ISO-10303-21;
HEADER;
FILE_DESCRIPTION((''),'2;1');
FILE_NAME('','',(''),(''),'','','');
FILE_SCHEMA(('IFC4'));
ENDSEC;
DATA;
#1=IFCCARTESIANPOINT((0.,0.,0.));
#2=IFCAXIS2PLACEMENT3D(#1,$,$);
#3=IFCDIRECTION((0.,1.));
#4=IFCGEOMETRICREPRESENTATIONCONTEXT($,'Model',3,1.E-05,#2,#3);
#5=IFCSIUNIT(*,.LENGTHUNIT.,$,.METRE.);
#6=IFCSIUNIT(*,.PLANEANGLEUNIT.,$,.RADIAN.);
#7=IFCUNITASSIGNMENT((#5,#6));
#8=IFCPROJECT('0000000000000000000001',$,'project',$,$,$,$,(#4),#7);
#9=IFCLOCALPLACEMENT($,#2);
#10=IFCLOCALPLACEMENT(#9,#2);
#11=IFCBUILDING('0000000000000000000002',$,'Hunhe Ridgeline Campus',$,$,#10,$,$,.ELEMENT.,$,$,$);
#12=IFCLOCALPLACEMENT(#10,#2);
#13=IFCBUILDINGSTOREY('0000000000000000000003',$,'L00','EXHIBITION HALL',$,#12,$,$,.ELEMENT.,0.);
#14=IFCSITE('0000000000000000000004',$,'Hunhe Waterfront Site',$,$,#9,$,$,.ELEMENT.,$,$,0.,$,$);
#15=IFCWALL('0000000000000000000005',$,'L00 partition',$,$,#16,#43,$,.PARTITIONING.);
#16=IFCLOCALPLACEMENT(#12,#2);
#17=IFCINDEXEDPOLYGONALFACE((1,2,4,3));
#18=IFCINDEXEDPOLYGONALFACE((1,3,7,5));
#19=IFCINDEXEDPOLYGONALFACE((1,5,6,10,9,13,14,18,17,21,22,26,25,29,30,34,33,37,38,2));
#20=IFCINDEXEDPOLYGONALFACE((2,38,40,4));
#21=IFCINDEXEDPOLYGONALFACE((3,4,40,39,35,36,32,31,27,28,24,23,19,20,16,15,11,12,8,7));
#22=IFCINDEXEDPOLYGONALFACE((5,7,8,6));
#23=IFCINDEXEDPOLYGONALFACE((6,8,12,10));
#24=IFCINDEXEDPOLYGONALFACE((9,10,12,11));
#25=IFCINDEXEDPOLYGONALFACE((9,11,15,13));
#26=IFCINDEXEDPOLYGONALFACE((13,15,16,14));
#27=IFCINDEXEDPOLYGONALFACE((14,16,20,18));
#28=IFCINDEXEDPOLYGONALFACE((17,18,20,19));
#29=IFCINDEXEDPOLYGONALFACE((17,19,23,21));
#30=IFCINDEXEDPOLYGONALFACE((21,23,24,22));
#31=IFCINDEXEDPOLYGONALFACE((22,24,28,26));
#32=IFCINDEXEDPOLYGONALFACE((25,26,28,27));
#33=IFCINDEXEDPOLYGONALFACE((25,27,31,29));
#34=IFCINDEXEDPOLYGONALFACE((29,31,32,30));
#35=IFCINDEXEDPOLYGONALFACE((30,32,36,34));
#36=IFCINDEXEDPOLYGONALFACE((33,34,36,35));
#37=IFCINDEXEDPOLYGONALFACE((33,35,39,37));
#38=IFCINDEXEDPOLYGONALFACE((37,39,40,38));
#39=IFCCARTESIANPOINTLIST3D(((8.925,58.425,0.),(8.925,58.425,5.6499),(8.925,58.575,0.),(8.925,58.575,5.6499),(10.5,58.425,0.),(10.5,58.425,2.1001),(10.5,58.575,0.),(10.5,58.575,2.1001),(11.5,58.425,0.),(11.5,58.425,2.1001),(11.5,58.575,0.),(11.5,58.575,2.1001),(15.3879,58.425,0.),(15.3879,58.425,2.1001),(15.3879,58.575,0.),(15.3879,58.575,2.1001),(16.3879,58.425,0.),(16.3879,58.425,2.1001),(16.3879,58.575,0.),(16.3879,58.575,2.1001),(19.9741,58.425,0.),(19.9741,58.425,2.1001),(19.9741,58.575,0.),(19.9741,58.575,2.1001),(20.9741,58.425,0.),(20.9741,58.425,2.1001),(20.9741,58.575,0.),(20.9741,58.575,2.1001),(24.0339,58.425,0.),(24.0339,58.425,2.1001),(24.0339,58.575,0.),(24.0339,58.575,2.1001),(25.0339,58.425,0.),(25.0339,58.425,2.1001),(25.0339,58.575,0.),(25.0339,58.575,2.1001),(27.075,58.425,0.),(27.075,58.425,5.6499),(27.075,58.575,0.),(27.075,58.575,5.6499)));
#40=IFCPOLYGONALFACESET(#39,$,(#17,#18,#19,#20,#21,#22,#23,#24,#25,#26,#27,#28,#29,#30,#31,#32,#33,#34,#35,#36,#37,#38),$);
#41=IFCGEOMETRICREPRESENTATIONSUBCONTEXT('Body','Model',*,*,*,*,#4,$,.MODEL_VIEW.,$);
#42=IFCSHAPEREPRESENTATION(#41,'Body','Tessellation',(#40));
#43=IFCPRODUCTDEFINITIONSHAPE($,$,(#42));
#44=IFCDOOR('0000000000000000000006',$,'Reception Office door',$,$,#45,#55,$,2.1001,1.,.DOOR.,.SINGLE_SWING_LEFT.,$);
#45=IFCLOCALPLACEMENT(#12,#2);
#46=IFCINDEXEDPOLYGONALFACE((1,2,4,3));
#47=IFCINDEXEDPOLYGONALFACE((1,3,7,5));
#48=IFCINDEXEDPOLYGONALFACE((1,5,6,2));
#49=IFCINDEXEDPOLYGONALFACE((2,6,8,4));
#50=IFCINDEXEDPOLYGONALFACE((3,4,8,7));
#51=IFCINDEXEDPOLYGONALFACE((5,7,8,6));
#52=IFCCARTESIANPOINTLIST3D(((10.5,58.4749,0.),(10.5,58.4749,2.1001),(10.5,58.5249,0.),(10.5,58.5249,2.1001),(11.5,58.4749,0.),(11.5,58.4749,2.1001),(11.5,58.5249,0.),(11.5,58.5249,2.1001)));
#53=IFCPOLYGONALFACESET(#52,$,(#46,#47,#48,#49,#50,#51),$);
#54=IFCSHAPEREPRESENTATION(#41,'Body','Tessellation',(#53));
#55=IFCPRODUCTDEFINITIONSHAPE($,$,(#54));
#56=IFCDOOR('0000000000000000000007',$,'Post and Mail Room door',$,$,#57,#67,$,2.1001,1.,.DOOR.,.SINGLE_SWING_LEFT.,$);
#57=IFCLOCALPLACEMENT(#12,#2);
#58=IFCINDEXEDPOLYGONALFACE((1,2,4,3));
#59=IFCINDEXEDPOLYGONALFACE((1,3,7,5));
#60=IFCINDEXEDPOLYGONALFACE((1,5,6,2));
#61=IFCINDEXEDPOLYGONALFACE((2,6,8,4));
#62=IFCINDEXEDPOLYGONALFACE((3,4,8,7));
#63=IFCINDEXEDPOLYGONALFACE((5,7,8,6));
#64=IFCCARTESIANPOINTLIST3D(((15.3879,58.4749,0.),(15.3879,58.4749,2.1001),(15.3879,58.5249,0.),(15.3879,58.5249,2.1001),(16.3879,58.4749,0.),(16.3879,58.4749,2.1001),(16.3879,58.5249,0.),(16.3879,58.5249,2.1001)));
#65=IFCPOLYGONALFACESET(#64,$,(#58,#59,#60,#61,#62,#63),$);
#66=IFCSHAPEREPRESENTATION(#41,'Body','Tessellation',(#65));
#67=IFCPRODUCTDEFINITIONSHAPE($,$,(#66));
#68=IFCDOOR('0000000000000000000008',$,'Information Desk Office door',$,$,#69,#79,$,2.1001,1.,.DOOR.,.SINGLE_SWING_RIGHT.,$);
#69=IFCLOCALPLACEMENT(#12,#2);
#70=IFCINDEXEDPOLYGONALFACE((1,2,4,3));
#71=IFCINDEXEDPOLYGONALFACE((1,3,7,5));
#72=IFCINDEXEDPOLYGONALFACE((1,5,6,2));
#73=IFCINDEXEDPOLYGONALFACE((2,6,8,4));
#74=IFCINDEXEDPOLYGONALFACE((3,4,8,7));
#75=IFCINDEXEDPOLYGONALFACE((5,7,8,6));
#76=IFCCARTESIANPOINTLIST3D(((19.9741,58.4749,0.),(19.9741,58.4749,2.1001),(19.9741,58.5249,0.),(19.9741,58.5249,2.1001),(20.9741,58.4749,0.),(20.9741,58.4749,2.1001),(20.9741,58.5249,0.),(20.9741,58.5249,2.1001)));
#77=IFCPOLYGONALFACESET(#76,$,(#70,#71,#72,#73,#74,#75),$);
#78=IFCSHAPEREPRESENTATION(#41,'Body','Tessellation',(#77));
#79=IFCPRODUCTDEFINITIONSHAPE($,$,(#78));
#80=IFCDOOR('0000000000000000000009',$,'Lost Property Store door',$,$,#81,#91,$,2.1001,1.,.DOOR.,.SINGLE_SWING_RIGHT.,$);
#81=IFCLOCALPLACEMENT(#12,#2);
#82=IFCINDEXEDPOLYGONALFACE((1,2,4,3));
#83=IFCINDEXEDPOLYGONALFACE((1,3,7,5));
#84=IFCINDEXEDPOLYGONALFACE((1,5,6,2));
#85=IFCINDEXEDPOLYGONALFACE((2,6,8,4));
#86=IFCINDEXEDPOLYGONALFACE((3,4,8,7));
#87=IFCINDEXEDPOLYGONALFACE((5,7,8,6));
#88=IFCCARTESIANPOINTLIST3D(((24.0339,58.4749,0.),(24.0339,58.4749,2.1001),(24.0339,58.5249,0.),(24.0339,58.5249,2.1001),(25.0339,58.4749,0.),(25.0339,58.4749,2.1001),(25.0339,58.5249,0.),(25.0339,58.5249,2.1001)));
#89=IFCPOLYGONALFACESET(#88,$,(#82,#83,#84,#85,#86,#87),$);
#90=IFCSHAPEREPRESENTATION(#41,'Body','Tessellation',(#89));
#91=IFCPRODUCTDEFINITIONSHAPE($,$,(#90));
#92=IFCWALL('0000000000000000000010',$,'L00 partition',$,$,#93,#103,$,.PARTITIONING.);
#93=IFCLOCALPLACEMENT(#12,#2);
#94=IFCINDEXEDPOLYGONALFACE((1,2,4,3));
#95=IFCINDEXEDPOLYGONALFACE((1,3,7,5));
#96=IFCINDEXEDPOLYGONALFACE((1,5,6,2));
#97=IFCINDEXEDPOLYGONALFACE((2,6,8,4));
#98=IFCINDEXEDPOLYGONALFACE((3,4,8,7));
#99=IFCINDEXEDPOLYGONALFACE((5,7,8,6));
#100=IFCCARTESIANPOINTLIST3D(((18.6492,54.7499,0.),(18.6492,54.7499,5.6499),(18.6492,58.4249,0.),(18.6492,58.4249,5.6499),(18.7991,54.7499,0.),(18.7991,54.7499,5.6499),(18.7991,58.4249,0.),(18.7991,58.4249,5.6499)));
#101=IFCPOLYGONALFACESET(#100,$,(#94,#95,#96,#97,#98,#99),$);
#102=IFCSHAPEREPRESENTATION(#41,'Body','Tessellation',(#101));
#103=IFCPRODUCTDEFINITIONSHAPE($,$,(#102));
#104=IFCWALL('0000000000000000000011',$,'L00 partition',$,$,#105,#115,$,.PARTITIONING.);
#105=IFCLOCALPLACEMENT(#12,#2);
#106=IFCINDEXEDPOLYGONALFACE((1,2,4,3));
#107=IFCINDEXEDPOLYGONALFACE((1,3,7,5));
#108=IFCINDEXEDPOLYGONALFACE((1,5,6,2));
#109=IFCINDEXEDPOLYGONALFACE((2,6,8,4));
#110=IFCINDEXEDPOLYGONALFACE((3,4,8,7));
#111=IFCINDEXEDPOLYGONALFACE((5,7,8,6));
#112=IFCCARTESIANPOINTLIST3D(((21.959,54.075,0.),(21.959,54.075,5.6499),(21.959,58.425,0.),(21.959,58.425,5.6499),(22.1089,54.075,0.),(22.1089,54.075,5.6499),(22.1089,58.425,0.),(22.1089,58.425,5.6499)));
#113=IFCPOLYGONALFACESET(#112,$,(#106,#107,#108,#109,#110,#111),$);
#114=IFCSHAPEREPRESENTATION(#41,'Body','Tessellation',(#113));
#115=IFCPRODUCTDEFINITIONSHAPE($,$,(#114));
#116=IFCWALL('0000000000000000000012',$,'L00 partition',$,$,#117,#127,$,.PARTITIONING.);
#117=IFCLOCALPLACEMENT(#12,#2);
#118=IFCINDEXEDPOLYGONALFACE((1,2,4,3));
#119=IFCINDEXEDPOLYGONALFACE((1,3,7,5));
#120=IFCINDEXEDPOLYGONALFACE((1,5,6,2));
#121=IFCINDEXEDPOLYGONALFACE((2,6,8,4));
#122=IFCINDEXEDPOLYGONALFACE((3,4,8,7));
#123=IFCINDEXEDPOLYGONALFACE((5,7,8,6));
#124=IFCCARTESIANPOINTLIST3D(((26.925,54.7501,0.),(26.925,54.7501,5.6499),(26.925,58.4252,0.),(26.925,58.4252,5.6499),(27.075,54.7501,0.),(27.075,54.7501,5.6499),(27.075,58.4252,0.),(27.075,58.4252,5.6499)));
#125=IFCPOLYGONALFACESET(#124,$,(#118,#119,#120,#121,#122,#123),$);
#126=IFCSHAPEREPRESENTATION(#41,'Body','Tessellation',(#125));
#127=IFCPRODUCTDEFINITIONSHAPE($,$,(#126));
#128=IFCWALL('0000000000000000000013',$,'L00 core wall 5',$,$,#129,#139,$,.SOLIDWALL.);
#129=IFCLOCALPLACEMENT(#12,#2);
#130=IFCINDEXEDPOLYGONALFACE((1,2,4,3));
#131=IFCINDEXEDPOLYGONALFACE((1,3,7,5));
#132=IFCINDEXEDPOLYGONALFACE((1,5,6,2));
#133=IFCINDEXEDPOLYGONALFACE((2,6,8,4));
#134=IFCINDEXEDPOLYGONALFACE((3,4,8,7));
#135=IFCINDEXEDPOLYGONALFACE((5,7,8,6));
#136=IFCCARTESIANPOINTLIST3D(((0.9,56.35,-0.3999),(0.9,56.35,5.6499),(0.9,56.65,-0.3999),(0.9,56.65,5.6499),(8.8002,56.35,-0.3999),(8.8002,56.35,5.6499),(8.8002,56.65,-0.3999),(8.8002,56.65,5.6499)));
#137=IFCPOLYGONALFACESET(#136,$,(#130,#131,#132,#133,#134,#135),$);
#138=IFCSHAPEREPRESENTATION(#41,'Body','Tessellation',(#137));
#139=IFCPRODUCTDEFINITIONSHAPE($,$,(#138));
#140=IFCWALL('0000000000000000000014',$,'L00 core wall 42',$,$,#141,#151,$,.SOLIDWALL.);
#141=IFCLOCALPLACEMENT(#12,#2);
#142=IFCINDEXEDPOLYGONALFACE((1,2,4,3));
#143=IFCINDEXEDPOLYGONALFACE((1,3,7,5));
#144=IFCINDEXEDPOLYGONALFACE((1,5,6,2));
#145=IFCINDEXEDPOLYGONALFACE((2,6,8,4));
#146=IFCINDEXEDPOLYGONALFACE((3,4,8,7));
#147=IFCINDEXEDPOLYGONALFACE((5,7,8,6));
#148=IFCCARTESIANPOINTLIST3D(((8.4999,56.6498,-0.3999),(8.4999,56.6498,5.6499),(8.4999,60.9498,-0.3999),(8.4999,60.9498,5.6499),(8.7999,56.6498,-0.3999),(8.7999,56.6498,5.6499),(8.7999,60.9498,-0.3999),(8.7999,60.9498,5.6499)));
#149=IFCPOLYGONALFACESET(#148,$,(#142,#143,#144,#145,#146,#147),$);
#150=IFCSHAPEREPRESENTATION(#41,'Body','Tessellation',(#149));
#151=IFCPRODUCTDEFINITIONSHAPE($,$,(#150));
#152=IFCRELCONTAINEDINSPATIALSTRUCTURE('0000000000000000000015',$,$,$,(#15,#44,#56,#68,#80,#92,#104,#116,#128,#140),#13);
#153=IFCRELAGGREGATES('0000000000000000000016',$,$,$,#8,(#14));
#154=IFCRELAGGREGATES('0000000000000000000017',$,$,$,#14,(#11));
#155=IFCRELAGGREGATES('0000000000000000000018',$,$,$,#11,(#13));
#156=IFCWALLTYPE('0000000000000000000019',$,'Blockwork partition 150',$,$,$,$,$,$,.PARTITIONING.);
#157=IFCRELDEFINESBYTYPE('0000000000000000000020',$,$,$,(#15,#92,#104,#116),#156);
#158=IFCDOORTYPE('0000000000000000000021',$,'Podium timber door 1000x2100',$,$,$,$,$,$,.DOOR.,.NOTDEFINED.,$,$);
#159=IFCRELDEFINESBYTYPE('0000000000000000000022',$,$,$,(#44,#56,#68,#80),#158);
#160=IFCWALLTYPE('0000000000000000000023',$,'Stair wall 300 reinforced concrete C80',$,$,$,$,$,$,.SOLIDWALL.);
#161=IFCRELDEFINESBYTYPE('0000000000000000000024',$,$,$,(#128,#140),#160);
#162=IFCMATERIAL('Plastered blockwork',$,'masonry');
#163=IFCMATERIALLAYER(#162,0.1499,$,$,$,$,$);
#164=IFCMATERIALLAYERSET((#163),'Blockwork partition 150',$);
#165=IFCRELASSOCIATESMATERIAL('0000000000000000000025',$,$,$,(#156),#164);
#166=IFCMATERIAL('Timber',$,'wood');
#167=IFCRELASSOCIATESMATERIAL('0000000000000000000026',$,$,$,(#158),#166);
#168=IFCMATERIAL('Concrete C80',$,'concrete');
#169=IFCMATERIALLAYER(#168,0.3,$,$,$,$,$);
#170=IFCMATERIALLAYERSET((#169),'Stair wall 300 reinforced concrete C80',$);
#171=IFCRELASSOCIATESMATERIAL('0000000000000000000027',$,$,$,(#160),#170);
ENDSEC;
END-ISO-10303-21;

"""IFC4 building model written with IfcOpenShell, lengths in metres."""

from ifc_helpers import new_model, si_unit, direction, frame, frame_2d, origin, place, context, subcontext, project, spatial, rectangle, extrude, material, layer, layer_set, type_object, element, fill, save


model = new_model("IFC4")

# Units and contexts
model_context = context("Model", 3, precision=1e-05, world=origin(), true_north=direction((0.0, 1.0)))
body_context = subcontext(model_context, "Body", "Model", "MODEL_VIEW")
ifc_project = project(units=[si_unit("LENGTHUNIT", "METRE"), si_unit("PLANEANGLEUNIT", "RADIAN")], contexts=[model_context])

# Site, building, storey
site_placement = place(None, origin())
site = spatial("IfcSite", under=ifc_project, at=site_placement, Name="Hunhe Waterfront Site", CompositionType="ELEMENT", RefElevation=0.0)
building_placement = place(site_placement, origin())
building = spatial("IfcBuilding", under=site, at=building_placement, Name="Hunhe Ridgeline Campus", CompositionType="ELEMENT")
storey_placement = place(building_placement, origin())
storey = spatial("IfcBuildingStorey", under=building, at=storey_placement, Name="L00", Description="EXHIBITION HALL", CompositionType="ELEMENT", Elevation=0.0)

# Shared definitions
ifc_material_1 = material(Name="Concrete C80", Category="concrete")

# Shared definitions
ifc_material_2 = material(Name="Plastered blockwork", Category="masonry")
ifc_layer_1 = layer(ifc_material_2, 0.1499)
ifc_layer_set_1 = layer_set([ifc_layer_1], Name="Blockwork partition 150")
wall_type_1 = type_object("IfcWallType", Name="Blockwork partition 150", PredefinedType="PARTITIONING", material=ifc_layer_set_1)

# Shared definitions
ifc_material_3 = material(Name="Timber", Category="wood")
door_type_1 = type_object("IfcDoorType", Name="Podium timber door 1000x2100", OperationType="NOTDEFINED", PredefinedType="DOOR", material=ifc_material_3)

# Wall, openings, doors
wall_1_placement = place(storey_placement, frame((8.925, 58.5, 0.0), z_axis=(0.0, 0.0, 1.0), x_axis=(1.0, 0.0, 0.0)))
wall_1 = element("IfcWall", 1, at=wall_1_placement, inside=storey, type_object=wall_type_1, Name="L00 partition", PredefinedType="PARTITIONING", context=body_context, shape_type="SweptSolid", body=[
    extrude(rectangle(XDim=18.1499, YDim=0.1499, at=frame_2d((9.075, 0.0))), origin(), (0.0, 0.0, 1.0), 5.6499),
])
opening_1_placement = place(wall_1_placement, frame((1.575, 0.0, 0.0)))
opening_1 = element("IfcOpeningElement", 2, at=opening_1_placement, cuts=wall_1, PredefinedType="OPENING", context=body_context, shape_type="SweptSolid", body=[
    extrude(rectangle(XDim=1.0, YDim=2.1001, at=frame_2d((0.5, 1.05))), frame((0.0, 0.075, 0.0), z_axis=(0.0, -1.0, 0.0), x_axis=(1.0, 0.0, 0.0)), (0.0, 0.0, 1.0), 0.1499),
])
opening_2_placement = place(wall_1_placement, frame((6.4629, 0.0, 0.0)))
opening_2 = element("IfcOpeningElement", 3, at=opening_2_placement, cuts=wall_1, PredefinedType="OPENING", context=body_context, shape_type="SweptSolid", body=[
    extrude(rectangle(XDim=1.0, YDim=2.1001, at=frame_2d((0.5, 1.05))), frame((0.0, 0.075, 0.0), z_axis=(0.0, -1.0, 0.0), x_axis=(1.0, 0.0, 0.0)), (0.0, 0.0, 1.0), 0.1499),
])
opening_3_placement = place(wall_1_placement, frame((11.0491, 0.0, 0.0)))
opening_3 = element("IfcOpeningElement", 4, at=opening_3_placement, cuts=wall_1, PredefinedType="OPENING", context=body_context, shape_type="SweptSolid", body=[
    extrude(rectangle(XDim=1.0, YDim=2.1001, at=frame_2d((0.5, 1.05))), frame((0.0, 0.075, 0.0), z_axis=(0.0, -1.0, 0.0), x_axis=(1.0, 0.0, 0.0)), (0.0, 0.0, 1.0), 0.1499),
])
opening_4_placement = place(wall_1_placement, frame((15.1089, 0.0, 0.0)))
opening_4 = element("IfcOpeningElement", 5, at=opening_4_placement, cuts=wall_1, PredefinedType="OPENING", context=body_context, shape_type="SweptSolid", body=[
    extrude(rectangle(XDim=1.0, YDim=2.1001, at=frame_2d((0.5, 1.05))), frame((0.0, 0.075, 0.0), z_axis=(0.0, -1.0, 0.0), x_axis=(1.0, 0.0, 0.0)), (0.0, 0.0, 1.0), 0.1499),
])
door_1_placement = place(opening_1_placement, origin())
door_1 = element("IfcDoor", 6, at=door_1_placement, inside=storey, type_object=door_type_1, Name="Reception Office door", OperationType="SINGLE_SWING_LEFT", OverallHeight=2.1001, OverallWidth=1.0, PredefinedType="DOOR", context=body_context, shape_type="SweptSolid", body=[
    extrude(rectangle(XDim=1.0, YDim=2.1001, at=frame_2d((0.5, 1.05))), frame((0.0, 0.0249, 0.0), z_axis=(0.0, -1.0, 0.0), x_axis=(1.0, 0.0, 0.0)), (0.0, 0.0, 1.0), 0.05),
])
fill(opening_1, door_1)
door_2_placement = place(opening_2_placement, origin())
door_2 = element("IfcDoor", 7, at=door_2_placement, inside=storey, type_object=door_type_1, Name="Post and Mail Room door", OperationType="SINGLE_SWING_LEFT", OverallHeight=2.1001, OverallWidth=1.0, PredefinedType="DOOR", context=body_context, shape_type="SweptSolid", body=[
    extrude(rectangle(XDim=1.0, YDim=2.1001, at=frame_2d((0.5, 1.05))), frame((0.0, 0.0249, 0.0), z_axis=(0.0, -1.0, 0.0), x_axis=(1.0, 0.0, 0.0)), (0.0, 0.0, 1.0), 0.05),
])
fill(opening_2, door_2)
door_3_placement = place(opening_3_placement, origin())
door_3 = element("IfcDoor", 8, at=door_3_placement, inside=storey, type_object=door_type_1, Name="Information Desk Office door", OperationType="SINGLE_SWING_RIGHT", OverallHeight=2.1001, OverallWidth=1.0, PredefinedType="DOOR", context=body_context, shape_type="SweptSolid", body=[
    extrude(rectangle(XDim=1.0, YDim=2.1001, at=frame_2d((0.5, 1.05))), frame((0.0, 0.0249, 0.0), z_axis=(0.0, -1.0, 0.0), x_axis=(1.0, 0.0, 0.0)), (0.0, 0.0, 1.0), 0.05),
])
fill(opening_3, door_3)
door_4_placement = place(opening_4_placement, origin())
door_4 = element("IfcDoor", 9, at=door_4_placement, inside=storey, type_object=door_type_1, Name="Lost Property Store door", OperationType="SINGLE_SWING_RIGHT", OverallHeight=2.1001, OverallWidth=1.0, PredefinedType="DOOR", context=body_context, shape_type="SweptSolid", body=[
    extrude(rectangle(XDim=1.0, YDim=2.1001, at=frame_2d((0.5, 1.05))), frame((0.0, 0.0249, 0.0), z_axis=(0.0, -1.0, 0.0), x_axis=(1.0, 0.0, 0.0)), (0.0, 0.0, 1.0), 0.05),
])
fill(opening_4, door_4)

# Walls
wall_2_placement = place(storey_placement, frame((18.7241, 54.75, 0.0), z_axis=(0.0, 0.0, 1.0), x_axis=(0.0, 1.0, 0.0)))
element("IfcWall", 10, at=wall_2_placement, inside=storey, type_object=wall_type_1, Name="L00 partition", PredefinedType="PARTITIONING", context=body_context, shape_type="SweptSolid", body=[
    extrude(rectangle(XDim=3.675, YDim=0.1499, at=frame_2d((1.8374, 0.0))), origin(), (0.0, 0.0, 1.0), 5.6499),
])
wall_3_placement = place(storey_placement, frame((22.0339, 54.075, 0.0), z_axis=(0.0, 0.0, 1.0), x_axis=(0.0, 1.0, 0.0)))
element("IfcWall", 11, at=wall_3_placement, inside=storey, type_object=wall_type_1, Name="L00 partition", PredefinedType="PARTITIONING", context=body_context, shape_type="SweptSolid", body=[
    extrude(rectangle(XDim=4.3501, YDim=0.1499, at=frame_2d((2.175, 0.0))), origin(), (0.0, 0.0, 1.0), 5.6499),
])
wall_4_placement = place(storey_placement, frame((27.0, 58.425, 0.0), z_axis=(0.0, 0.0, 1.0), x_axis=(0.0, -1.0, 0.0)))
element("IfcWall", 12, at=wall_4_placement, inside=storey, type_object=wall_type_1, Name="L00 partition", PredefinedType="PARTITIONING", context=body_context, shape_type="SweptSolid", body=[
    extrude(rectangle(XDim=3.675, YDim=0.1499, at=frame_2d((1.8374, 0.0))), origin(), (0.0, 0.0, 1.0), 5.6499),
])

# Shared definitions
ifc_layer_2 = layer(ifc_material_1, 0.3)
ifc_layer_set_2 = layer_set([ifc_layer_2], Name="Stair wall 300 reinforced concrete C80")
wall_type_2 = type_object("IfcWallType", Name="Stair wall 300 reinforced concrete C80", PredefinedType="SOLIDWALL", material=ifc_layer_set_2)

# Walls
wall_5_placement = place(storey_placement, frame((0.8999, 56.5, -0.3999), z_axis=(0.0, 0.0, 1.0), x_axis=(1.0, 0.0, 0.0)))
element("IfcWall", 13, at=wall_5_placement, inside=storey, type_object=wall_type_2, Name="L00 core wall 5", PredefinedType="SOLIDWALL", context=body_context, shape_type="SweptSolid", body=[
    extrude(rectangle(XDim=7.9001, YDim=0.3, at=frame_2d((3.9502, 0.0))), origin(), (0.0, 0.0, 1.0), 6.0498),
])
wall_6_placement = place(storey_placement, frame((8.6499, 56.6499, -0.3999), z_axis=(0.0, 0.0, 1.0), x_axis=(0.0, 1.0, 0.0)))
element("IfcWall", 14, at=wall_6_placement, inside=storey, type_object=wall_type_2, Name="L00 core wall 42", PredefinedType="SOLIDWALL", context=body_context, shape_type="SweptSolid", body=[
    extrude(rectangle(XDim=4.3, YDim=0.3, at=frame_2d((2.1499, 0.0))), origin(), (0.0, 0.0, 1.0), 6.0498),
])

save(model, "model.ifc")
